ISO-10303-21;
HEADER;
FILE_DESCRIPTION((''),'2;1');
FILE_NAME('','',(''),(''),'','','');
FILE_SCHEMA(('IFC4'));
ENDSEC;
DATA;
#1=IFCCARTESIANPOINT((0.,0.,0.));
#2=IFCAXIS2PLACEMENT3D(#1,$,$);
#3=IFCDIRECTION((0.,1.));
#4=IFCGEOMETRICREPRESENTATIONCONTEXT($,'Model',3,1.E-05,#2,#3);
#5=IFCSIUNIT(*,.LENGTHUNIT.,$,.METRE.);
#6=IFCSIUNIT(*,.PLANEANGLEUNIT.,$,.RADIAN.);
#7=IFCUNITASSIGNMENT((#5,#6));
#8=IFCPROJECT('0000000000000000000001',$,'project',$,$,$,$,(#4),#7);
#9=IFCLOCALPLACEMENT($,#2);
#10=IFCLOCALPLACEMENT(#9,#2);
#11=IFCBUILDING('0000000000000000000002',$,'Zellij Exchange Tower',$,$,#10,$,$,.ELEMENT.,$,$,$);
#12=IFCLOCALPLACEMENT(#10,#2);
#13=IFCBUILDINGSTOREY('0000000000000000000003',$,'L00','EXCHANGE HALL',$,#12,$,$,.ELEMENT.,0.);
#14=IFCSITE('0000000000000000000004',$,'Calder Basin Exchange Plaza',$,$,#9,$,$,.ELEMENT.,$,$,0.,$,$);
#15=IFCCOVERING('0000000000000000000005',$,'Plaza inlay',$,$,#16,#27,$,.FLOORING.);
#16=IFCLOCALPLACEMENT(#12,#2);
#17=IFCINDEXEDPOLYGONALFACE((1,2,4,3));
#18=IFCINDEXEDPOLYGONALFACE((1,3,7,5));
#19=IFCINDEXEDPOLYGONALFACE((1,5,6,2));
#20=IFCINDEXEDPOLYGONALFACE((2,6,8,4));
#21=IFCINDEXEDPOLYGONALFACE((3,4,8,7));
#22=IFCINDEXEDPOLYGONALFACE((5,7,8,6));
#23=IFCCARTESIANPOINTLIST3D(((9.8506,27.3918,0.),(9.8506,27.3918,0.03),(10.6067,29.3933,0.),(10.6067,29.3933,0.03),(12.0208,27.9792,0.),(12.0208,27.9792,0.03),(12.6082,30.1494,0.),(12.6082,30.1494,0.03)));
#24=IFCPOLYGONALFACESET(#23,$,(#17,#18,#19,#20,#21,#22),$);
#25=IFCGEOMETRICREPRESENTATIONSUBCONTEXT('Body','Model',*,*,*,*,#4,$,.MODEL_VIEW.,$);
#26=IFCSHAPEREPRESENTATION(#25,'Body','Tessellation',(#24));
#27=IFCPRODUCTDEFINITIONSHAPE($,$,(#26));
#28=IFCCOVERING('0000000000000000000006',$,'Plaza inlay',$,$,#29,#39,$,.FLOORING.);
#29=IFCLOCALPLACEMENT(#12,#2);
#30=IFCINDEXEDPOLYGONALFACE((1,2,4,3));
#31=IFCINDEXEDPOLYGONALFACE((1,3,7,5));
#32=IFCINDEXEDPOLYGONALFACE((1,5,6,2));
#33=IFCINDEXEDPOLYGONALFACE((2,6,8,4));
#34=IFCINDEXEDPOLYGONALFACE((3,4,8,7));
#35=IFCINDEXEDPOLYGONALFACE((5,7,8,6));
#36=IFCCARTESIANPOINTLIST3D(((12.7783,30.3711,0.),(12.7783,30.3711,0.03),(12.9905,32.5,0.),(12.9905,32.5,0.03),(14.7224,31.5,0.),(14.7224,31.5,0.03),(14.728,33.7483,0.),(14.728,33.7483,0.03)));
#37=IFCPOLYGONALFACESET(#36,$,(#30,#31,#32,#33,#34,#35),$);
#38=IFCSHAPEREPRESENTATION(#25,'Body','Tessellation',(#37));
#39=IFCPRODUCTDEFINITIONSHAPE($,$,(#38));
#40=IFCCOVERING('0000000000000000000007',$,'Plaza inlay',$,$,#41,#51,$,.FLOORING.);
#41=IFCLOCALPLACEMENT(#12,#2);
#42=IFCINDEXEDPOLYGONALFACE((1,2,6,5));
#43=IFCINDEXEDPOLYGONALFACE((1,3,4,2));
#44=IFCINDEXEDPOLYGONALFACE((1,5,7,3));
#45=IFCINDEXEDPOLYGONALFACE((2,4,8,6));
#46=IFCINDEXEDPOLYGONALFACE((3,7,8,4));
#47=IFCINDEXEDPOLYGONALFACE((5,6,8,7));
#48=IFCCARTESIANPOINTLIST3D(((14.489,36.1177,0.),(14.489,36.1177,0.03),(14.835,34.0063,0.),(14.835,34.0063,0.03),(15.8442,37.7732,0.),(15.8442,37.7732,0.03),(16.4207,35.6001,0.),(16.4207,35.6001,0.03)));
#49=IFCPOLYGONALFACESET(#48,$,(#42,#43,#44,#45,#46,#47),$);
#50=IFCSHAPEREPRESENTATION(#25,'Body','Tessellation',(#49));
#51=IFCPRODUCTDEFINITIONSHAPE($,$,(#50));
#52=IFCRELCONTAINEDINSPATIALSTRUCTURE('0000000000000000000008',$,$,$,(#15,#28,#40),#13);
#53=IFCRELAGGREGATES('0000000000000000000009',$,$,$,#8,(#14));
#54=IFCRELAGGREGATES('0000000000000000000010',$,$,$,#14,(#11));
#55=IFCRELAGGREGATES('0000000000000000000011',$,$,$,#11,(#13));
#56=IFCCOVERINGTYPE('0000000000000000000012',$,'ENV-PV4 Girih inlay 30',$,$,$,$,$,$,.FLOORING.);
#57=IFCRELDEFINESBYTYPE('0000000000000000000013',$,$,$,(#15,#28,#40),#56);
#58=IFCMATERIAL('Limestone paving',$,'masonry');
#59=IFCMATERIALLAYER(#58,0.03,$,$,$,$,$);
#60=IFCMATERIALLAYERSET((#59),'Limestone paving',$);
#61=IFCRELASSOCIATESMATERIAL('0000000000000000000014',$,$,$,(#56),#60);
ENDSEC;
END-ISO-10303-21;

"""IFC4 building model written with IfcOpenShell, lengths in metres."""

from ifc_helpers import new_model, si_unit, direction, origin, place, context, subcontext, project, spatial, polyline, outline, extrude, material, layer, layer_set, type_object, element, save


model = new_model("IFC4")

# Units and contexts
model_context = context("Model", 3, precision=1e-05, world=origin(), true_north=direction((0.0, 1.0)))
body_context = subcontext(model_context, "Body", "Model", "MODEL_VIEW")
ifc_project = project(units=[si_unit("LENGTHUNIT", "METRE"), si_unit("PLANEANGLEUNIT", "RADIAN")], contexts=[model_context])

# Site, building, storey
site_placement = place(None, origin())
site = spatial("IfcSite", under=ifc_project, at=site_placement, Name="Calder Basin Exchange Plaza", CompositionType="ELEMENT", RefElevation=0.0)
building_placement = place(site_placement, origin())
building = spatial("IfcBuilding", under=site, at=building_placement, Name="Zellij Exchange Tower", CompositionType="ELEMENT")
storey_placement = place(building_placement, origin())
storey = spatial("IfcBuildingStorey", under=building, at=storey_placement, Name="L00", Description="EXCHANGE HALL", CompositionType="ELEMENT", Elevation=0.0)

# Shared definitions
ifc_material = material(Name="Limestone paving", Category="masonry")

# Coverings
ifc_layer_1 = layer(ifc_material, 0.03)
ifc_layer_set_1 = layer_set([ifc_layer_1], Name="Limestone paving")
covering_type = type_object("IfcCoveringType", Name="ENV-PV4 Girih inlay 30", PredefinedType="FLOORING", material=ifc_layer_set_1)
covering_1_placement = place(storey_placement, origin())
element("IfcCovering", 1, at=covering_1_placement, inside=storey, type_object=covering_type, Name="Plaza inlay", PredefinedType="FLOORING", context=body_context, shape_type="SweptSolid", body=[
    extrude(outline(polyline([(10.6067, 29.3933), (12.6082, 30.1494), (12.0208, 27.9792), (9.8506, 27.3918), (10.6067, 29.3933)])), origin(), (0.0, 0.0, 1.0), 0.03),
])
covering_2_placement = place(storey_placement, origin())
element("IfcCovering", 2, at=covering_2_placement, inside=storey, type_object=covering_type, Name="Plaza inlay", PredefinedType="FLOORING", context=body_context, shape_type="SweptSolid", body=[
    extrude(outline(polyline([(12.9905, 32.5), (14.728, 33.7483), (14.7224, 31.5), (12.7783, 30.3711), (12.9905, 32.5)])), origin(), (0.0, 0.0, 1.0), 0.03),
])
covering_3_placement = place(storey_placement, origin())
element("IfcCovering", 3, at=covering_3_placement, inside=storey, type_object=covering_type, Name="Plaza inlay", PredefinedType="FLOORING", context=body_context, shape_type="SweptSolid", body=[
    extrude(outline(polyline([(14.489, 36.1177), (15.8442, 37.7732), (16.4207, 35.6001), (14.835, 34.0063), (14.489, 36.1177)])), origin(), (0.0, 0.0, 1.0), 0.03),
])

save(model, "model.ifc")
